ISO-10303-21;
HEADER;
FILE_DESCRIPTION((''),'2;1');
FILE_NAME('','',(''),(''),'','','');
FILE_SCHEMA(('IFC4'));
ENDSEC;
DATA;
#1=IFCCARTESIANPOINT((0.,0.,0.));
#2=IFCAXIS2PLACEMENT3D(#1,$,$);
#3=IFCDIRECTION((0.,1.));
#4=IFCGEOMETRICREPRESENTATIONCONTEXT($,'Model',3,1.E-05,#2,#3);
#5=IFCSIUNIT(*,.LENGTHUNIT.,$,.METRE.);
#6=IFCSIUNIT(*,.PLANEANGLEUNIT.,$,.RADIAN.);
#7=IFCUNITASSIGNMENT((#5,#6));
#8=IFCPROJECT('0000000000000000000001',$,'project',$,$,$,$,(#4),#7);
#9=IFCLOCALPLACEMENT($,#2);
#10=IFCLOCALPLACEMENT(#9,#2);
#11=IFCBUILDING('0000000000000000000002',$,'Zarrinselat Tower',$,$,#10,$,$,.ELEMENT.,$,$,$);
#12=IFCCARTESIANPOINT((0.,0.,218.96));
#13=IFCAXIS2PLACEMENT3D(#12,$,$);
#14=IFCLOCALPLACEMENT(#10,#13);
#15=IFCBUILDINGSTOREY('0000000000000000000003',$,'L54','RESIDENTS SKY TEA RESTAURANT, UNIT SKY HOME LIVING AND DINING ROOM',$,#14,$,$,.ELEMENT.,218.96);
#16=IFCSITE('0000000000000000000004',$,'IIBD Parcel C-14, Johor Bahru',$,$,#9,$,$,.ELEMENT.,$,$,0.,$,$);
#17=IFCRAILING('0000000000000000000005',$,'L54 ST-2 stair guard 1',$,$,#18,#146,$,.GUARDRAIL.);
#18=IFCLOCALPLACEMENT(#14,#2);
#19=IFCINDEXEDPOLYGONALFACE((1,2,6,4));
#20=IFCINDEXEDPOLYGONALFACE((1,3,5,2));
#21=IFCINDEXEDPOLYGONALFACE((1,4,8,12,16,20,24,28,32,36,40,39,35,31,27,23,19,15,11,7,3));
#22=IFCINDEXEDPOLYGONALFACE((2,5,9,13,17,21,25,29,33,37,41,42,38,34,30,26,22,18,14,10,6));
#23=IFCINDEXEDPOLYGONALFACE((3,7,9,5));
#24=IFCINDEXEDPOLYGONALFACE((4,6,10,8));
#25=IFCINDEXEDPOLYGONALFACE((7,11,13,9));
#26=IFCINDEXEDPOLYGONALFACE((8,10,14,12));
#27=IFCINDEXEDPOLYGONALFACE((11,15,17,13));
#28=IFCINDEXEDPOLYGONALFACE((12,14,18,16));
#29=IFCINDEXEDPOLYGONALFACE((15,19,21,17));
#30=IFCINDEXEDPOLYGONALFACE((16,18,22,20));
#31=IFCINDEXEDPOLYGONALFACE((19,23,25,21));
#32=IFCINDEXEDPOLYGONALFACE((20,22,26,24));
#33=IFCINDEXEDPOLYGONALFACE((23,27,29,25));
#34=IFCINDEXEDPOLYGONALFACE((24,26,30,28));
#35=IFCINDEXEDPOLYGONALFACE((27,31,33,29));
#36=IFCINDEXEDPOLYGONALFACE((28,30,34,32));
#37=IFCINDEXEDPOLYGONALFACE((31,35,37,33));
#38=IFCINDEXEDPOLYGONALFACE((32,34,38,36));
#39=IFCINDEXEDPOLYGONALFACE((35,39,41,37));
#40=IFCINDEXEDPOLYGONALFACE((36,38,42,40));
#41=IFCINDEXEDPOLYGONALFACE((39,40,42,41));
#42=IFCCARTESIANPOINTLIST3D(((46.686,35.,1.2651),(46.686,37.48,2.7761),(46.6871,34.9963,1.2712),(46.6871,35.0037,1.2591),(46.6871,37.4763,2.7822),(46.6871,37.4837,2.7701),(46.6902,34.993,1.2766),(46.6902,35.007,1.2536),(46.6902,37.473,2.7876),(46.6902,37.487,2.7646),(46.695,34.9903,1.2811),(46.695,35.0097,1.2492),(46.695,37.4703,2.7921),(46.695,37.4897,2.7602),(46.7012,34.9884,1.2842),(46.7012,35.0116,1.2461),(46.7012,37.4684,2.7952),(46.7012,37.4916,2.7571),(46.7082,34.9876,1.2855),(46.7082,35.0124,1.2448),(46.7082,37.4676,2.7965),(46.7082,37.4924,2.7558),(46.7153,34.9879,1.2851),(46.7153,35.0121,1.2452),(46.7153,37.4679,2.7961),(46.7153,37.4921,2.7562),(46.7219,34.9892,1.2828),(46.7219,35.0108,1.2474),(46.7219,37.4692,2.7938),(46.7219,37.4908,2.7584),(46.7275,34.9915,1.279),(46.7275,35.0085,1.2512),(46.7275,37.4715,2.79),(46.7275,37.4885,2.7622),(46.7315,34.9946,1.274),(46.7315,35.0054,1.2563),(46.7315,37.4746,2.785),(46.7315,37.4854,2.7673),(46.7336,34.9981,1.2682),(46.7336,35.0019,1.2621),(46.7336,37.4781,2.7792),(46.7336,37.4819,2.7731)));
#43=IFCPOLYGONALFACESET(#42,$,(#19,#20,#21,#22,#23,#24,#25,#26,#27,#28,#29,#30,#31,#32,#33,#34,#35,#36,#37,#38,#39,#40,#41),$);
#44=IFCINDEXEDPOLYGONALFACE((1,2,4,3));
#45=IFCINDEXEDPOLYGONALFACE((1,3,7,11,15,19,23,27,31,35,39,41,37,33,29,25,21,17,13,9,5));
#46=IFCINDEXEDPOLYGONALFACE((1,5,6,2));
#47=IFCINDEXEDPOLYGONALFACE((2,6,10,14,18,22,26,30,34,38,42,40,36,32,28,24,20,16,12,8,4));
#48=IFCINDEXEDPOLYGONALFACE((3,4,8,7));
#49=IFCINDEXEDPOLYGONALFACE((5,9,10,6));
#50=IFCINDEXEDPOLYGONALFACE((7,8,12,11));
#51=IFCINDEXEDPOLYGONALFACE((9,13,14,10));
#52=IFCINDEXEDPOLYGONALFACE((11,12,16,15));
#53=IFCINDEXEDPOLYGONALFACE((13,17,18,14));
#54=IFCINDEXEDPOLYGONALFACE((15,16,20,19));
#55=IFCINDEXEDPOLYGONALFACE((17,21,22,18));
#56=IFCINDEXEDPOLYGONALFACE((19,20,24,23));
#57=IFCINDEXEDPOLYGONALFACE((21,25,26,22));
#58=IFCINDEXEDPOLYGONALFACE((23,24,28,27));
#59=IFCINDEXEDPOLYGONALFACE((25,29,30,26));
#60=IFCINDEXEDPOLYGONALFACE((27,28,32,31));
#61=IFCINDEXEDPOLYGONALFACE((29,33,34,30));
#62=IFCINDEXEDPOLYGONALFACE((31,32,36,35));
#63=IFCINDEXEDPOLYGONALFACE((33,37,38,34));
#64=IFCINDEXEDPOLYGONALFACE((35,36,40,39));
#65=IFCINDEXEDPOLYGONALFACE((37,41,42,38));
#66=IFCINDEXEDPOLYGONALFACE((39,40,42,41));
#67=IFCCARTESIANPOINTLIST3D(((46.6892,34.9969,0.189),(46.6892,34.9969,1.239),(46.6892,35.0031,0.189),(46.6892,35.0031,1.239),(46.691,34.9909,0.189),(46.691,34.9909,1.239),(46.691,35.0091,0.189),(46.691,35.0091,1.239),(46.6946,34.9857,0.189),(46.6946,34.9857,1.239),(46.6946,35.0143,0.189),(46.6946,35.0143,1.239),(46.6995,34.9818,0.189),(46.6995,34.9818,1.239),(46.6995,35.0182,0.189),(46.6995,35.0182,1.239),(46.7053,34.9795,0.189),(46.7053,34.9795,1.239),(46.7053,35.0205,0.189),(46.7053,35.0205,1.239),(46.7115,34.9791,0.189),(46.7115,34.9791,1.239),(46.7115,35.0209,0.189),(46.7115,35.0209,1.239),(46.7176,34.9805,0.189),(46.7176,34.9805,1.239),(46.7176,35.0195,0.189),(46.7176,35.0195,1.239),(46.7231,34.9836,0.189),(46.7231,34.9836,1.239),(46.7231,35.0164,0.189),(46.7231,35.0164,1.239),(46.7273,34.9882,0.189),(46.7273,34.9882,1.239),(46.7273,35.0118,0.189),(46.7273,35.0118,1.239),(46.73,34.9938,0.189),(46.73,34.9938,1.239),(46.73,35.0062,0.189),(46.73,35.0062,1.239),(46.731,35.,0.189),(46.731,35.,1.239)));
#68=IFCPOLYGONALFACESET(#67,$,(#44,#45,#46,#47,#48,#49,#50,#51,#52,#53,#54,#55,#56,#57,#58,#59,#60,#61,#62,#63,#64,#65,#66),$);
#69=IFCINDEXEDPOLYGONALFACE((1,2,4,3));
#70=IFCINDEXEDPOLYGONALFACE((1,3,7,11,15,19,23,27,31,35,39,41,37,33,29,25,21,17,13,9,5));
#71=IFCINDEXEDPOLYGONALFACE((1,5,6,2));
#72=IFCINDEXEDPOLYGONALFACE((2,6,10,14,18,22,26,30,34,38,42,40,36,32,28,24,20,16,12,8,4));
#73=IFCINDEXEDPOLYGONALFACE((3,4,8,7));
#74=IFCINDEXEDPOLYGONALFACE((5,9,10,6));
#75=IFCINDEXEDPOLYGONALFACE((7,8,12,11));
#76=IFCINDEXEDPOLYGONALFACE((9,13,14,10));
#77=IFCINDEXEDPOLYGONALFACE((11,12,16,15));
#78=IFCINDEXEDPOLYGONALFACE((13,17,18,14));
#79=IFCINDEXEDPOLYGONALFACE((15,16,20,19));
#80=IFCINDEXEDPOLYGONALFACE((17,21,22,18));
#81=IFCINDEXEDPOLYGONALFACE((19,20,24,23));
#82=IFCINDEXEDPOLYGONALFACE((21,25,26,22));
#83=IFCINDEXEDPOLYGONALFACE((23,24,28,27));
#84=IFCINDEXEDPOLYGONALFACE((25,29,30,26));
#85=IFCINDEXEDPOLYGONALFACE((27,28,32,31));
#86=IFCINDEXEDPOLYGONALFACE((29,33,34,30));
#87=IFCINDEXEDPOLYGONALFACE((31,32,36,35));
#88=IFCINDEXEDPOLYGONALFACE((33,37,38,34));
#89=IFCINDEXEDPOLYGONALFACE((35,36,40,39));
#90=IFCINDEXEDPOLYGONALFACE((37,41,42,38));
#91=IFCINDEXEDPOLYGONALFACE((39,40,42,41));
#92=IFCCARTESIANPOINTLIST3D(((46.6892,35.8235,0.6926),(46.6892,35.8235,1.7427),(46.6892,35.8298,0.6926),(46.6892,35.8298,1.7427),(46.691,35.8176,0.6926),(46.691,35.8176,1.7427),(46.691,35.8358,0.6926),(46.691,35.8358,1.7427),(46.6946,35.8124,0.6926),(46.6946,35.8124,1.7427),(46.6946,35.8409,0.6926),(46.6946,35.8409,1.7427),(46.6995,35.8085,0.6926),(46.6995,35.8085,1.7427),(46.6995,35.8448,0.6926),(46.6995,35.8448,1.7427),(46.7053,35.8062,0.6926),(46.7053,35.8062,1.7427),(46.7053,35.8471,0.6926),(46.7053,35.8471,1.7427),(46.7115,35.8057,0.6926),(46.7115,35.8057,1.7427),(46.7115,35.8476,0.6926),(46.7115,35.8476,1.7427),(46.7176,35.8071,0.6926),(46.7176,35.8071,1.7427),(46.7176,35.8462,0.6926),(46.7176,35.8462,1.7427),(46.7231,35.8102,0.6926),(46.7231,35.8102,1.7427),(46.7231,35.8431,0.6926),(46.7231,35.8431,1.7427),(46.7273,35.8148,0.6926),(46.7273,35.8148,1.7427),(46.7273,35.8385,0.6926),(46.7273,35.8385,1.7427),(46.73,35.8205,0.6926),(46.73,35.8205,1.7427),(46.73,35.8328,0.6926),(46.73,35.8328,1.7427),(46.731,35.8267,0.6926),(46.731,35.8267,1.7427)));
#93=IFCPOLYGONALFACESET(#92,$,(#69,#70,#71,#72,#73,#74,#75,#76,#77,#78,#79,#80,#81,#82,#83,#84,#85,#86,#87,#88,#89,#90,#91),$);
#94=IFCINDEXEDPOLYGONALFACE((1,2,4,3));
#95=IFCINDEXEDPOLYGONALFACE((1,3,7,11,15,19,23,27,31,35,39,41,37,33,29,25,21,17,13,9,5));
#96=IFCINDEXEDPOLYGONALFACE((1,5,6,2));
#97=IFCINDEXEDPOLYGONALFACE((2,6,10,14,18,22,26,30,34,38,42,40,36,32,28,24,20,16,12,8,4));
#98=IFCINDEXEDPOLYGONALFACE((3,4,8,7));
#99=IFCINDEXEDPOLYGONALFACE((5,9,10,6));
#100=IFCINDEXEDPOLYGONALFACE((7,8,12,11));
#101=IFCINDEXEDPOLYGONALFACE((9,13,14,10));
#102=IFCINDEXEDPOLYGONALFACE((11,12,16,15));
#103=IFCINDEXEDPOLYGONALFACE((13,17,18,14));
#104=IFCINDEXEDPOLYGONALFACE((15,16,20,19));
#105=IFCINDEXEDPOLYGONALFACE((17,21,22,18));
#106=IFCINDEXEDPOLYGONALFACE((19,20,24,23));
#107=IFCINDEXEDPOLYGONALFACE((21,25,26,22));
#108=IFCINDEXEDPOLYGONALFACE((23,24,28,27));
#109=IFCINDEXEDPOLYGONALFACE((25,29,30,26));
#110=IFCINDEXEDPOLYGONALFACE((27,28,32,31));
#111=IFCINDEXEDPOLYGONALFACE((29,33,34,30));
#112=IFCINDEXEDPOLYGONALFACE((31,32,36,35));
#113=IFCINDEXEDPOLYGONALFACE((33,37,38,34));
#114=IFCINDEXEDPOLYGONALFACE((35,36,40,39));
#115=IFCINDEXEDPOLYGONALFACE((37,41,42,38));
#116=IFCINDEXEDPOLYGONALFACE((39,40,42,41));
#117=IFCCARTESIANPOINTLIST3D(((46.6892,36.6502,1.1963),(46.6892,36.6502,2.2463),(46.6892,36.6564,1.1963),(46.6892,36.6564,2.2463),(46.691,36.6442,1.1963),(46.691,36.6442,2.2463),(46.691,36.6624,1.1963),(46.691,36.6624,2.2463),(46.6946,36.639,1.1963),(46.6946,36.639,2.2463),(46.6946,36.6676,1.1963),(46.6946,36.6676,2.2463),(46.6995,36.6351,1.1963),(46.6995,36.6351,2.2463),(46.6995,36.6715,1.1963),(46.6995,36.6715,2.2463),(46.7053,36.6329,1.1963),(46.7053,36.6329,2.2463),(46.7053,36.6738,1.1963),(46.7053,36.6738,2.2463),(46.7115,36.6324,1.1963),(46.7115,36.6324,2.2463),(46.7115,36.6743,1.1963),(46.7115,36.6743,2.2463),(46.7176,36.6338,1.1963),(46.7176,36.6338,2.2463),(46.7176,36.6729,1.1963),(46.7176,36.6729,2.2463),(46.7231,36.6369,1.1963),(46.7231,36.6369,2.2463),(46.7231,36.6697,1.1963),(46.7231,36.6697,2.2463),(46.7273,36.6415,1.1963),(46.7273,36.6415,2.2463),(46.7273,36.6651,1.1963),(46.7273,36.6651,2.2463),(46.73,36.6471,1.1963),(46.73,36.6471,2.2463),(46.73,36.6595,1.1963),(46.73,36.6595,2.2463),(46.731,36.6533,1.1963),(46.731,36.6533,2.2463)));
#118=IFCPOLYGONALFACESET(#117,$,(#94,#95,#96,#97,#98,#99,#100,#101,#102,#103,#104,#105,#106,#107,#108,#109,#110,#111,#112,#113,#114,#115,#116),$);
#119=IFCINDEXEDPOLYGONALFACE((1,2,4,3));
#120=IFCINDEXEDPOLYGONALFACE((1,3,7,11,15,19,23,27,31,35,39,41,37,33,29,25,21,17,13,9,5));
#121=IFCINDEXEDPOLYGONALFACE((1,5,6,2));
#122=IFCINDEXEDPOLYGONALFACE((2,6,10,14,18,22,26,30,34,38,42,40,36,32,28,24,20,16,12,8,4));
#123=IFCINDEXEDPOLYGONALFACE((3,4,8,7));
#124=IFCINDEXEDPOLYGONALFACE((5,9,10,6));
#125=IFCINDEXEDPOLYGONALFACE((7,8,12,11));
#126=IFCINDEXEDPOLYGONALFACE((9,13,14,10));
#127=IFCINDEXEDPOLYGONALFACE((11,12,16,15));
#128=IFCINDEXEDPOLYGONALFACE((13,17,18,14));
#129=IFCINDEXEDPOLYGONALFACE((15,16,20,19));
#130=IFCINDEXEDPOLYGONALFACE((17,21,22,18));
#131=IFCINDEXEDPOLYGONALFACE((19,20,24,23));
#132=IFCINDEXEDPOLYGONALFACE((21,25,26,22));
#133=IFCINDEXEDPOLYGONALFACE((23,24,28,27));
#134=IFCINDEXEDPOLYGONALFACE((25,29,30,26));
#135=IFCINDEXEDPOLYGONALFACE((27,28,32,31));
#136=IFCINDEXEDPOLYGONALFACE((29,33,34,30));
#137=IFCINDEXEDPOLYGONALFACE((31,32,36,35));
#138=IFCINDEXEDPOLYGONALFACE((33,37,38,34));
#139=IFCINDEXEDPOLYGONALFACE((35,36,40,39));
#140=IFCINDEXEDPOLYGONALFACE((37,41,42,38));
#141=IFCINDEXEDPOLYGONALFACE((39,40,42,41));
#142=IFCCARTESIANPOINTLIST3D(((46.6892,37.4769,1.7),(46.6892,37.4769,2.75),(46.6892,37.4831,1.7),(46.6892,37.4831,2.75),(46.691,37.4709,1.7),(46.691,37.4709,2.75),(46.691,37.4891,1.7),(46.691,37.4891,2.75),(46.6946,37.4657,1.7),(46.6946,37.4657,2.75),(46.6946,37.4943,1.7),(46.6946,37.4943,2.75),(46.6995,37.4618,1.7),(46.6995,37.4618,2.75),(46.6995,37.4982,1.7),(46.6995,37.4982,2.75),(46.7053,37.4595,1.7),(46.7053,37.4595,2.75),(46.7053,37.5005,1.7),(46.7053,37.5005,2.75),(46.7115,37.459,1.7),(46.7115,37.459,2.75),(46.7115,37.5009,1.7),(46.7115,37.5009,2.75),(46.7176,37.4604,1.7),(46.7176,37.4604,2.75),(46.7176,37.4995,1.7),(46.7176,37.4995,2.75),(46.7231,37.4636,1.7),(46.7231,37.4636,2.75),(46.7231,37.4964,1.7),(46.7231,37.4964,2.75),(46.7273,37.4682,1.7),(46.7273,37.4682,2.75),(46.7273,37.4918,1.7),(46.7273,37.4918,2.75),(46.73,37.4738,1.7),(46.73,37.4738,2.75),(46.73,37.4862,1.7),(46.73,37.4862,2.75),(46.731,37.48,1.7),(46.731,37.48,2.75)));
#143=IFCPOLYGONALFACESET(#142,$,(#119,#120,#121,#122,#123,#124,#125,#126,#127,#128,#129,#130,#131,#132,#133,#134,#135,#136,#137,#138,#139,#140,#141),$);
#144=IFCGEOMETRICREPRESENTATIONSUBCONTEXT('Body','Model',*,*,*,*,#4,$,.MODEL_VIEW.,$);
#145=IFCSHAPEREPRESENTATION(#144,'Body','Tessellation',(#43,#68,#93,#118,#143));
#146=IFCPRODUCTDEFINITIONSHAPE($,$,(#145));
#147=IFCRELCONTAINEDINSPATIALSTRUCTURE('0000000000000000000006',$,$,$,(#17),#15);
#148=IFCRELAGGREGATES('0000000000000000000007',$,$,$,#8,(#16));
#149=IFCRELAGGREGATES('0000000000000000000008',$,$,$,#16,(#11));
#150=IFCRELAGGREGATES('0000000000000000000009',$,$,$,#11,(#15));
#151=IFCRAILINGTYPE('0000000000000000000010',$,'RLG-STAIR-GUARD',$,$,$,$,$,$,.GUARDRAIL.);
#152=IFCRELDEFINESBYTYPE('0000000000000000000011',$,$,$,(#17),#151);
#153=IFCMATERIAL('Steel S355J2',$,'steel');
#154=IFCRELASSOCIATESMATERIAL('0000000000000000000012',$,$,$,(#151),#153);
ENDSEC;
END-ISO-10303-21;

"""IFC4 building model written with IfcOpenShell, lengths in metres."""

from ifc_helpers import new_model, si_unit, direction, frame, origin, origin_2d, place, context, subcontext, project, spatial, circle, extrude, material, type_object, element, save


model = new_model("IFC4")

# Units and contexts
model_context = context("Model", 3, precision=1e-05, world=origin(), true_north=direction((0.0, 1.0)))
body_context = subcontext(model_context, "Body", "Model", "MODEL_VIEW")
ifc_project = project(units=[si_unit("LENGTHUNIT", "METRE"), si_unit("PLANEANGLEUNIT", "RADIAN")], contexts=[model_context])

# Site, building, storey
site_placement = place(None, origin())
site = spatial("IfcSite", under=ifc_project, at=site_placement, Name="IIBD Parcel C-14, Johor Bahru", CompositionType="ELEMENT", RefElevation=0.0)
building_placement = place(site_placement, origin())
building = spatial("IfcBuilding", under=site, at=building_placement, Name="Zarrinselat Tower", CompositionType="ELEMENT")
storey_placement = place(building_placement, frame((0.0, 0.0, 218.96)))
storey = spatial("IfcBuildingStorey", under=building, at=storey_placement, Name="L54", Description="RESIDENTS SKY TEA RESTAURANT, UNIT SKY HOME LIVING AND DINING ROOM", CompositionType="ELEMENT", Elevation=218.96)

# Railing
ifc_material_1 = material(Name="Steel S355J2", Category="steel")
railing_type_1 = type_object("IfcRailingType", Name="RLG-STAIR-GUARD", PredefinedType="GUARDRAIL", material=ifc_material_1)
railing_1_placement = place(storey_placement, frame((46.71, 35.0, 0.189)))
element("IfcRailing", 1, at=railing_1_placement, inside=storey, type_object=railing_type_1, Name="L54 ST-2 stair guard 1", PredefinedType="GUARDRAIL", context=body_context, shape_type="SweptSolid", body=[
    extrude(circle(Radius=0.0239, at=origin_2d()), frame((0.0, 0.0, 1.0762), z_axis=(0.0, 0.853979, 0.520307), x_axis=(-1.0, 0.0, 0.0)), (0.0, 0.0, 1.0), 2.9041),
    extrude(circle(Radius=0.021, at=origin_2d()), origin(), (0.0, 0.0, 1.0), 1.05),
    extrude(circle(Radius=0.021, at=origin_2d()), frame((0.0, 0.8267, 0.5037)), (0.0, 0.0, 1.0), 1.05),
    extrude(circle(Radius=0.021, at=origin_2d()), frame((0.0, 1.6533, 1.0073)), (0.0, 0.0, 1.0), 1.05),
    extrude(circle(Radius=0.021, at=origin_2d()), frame((0.0, 2.48, 1.511)), (0.0, 0.0, 1.0), 1.05),
])

save(model, "model.ifc")
